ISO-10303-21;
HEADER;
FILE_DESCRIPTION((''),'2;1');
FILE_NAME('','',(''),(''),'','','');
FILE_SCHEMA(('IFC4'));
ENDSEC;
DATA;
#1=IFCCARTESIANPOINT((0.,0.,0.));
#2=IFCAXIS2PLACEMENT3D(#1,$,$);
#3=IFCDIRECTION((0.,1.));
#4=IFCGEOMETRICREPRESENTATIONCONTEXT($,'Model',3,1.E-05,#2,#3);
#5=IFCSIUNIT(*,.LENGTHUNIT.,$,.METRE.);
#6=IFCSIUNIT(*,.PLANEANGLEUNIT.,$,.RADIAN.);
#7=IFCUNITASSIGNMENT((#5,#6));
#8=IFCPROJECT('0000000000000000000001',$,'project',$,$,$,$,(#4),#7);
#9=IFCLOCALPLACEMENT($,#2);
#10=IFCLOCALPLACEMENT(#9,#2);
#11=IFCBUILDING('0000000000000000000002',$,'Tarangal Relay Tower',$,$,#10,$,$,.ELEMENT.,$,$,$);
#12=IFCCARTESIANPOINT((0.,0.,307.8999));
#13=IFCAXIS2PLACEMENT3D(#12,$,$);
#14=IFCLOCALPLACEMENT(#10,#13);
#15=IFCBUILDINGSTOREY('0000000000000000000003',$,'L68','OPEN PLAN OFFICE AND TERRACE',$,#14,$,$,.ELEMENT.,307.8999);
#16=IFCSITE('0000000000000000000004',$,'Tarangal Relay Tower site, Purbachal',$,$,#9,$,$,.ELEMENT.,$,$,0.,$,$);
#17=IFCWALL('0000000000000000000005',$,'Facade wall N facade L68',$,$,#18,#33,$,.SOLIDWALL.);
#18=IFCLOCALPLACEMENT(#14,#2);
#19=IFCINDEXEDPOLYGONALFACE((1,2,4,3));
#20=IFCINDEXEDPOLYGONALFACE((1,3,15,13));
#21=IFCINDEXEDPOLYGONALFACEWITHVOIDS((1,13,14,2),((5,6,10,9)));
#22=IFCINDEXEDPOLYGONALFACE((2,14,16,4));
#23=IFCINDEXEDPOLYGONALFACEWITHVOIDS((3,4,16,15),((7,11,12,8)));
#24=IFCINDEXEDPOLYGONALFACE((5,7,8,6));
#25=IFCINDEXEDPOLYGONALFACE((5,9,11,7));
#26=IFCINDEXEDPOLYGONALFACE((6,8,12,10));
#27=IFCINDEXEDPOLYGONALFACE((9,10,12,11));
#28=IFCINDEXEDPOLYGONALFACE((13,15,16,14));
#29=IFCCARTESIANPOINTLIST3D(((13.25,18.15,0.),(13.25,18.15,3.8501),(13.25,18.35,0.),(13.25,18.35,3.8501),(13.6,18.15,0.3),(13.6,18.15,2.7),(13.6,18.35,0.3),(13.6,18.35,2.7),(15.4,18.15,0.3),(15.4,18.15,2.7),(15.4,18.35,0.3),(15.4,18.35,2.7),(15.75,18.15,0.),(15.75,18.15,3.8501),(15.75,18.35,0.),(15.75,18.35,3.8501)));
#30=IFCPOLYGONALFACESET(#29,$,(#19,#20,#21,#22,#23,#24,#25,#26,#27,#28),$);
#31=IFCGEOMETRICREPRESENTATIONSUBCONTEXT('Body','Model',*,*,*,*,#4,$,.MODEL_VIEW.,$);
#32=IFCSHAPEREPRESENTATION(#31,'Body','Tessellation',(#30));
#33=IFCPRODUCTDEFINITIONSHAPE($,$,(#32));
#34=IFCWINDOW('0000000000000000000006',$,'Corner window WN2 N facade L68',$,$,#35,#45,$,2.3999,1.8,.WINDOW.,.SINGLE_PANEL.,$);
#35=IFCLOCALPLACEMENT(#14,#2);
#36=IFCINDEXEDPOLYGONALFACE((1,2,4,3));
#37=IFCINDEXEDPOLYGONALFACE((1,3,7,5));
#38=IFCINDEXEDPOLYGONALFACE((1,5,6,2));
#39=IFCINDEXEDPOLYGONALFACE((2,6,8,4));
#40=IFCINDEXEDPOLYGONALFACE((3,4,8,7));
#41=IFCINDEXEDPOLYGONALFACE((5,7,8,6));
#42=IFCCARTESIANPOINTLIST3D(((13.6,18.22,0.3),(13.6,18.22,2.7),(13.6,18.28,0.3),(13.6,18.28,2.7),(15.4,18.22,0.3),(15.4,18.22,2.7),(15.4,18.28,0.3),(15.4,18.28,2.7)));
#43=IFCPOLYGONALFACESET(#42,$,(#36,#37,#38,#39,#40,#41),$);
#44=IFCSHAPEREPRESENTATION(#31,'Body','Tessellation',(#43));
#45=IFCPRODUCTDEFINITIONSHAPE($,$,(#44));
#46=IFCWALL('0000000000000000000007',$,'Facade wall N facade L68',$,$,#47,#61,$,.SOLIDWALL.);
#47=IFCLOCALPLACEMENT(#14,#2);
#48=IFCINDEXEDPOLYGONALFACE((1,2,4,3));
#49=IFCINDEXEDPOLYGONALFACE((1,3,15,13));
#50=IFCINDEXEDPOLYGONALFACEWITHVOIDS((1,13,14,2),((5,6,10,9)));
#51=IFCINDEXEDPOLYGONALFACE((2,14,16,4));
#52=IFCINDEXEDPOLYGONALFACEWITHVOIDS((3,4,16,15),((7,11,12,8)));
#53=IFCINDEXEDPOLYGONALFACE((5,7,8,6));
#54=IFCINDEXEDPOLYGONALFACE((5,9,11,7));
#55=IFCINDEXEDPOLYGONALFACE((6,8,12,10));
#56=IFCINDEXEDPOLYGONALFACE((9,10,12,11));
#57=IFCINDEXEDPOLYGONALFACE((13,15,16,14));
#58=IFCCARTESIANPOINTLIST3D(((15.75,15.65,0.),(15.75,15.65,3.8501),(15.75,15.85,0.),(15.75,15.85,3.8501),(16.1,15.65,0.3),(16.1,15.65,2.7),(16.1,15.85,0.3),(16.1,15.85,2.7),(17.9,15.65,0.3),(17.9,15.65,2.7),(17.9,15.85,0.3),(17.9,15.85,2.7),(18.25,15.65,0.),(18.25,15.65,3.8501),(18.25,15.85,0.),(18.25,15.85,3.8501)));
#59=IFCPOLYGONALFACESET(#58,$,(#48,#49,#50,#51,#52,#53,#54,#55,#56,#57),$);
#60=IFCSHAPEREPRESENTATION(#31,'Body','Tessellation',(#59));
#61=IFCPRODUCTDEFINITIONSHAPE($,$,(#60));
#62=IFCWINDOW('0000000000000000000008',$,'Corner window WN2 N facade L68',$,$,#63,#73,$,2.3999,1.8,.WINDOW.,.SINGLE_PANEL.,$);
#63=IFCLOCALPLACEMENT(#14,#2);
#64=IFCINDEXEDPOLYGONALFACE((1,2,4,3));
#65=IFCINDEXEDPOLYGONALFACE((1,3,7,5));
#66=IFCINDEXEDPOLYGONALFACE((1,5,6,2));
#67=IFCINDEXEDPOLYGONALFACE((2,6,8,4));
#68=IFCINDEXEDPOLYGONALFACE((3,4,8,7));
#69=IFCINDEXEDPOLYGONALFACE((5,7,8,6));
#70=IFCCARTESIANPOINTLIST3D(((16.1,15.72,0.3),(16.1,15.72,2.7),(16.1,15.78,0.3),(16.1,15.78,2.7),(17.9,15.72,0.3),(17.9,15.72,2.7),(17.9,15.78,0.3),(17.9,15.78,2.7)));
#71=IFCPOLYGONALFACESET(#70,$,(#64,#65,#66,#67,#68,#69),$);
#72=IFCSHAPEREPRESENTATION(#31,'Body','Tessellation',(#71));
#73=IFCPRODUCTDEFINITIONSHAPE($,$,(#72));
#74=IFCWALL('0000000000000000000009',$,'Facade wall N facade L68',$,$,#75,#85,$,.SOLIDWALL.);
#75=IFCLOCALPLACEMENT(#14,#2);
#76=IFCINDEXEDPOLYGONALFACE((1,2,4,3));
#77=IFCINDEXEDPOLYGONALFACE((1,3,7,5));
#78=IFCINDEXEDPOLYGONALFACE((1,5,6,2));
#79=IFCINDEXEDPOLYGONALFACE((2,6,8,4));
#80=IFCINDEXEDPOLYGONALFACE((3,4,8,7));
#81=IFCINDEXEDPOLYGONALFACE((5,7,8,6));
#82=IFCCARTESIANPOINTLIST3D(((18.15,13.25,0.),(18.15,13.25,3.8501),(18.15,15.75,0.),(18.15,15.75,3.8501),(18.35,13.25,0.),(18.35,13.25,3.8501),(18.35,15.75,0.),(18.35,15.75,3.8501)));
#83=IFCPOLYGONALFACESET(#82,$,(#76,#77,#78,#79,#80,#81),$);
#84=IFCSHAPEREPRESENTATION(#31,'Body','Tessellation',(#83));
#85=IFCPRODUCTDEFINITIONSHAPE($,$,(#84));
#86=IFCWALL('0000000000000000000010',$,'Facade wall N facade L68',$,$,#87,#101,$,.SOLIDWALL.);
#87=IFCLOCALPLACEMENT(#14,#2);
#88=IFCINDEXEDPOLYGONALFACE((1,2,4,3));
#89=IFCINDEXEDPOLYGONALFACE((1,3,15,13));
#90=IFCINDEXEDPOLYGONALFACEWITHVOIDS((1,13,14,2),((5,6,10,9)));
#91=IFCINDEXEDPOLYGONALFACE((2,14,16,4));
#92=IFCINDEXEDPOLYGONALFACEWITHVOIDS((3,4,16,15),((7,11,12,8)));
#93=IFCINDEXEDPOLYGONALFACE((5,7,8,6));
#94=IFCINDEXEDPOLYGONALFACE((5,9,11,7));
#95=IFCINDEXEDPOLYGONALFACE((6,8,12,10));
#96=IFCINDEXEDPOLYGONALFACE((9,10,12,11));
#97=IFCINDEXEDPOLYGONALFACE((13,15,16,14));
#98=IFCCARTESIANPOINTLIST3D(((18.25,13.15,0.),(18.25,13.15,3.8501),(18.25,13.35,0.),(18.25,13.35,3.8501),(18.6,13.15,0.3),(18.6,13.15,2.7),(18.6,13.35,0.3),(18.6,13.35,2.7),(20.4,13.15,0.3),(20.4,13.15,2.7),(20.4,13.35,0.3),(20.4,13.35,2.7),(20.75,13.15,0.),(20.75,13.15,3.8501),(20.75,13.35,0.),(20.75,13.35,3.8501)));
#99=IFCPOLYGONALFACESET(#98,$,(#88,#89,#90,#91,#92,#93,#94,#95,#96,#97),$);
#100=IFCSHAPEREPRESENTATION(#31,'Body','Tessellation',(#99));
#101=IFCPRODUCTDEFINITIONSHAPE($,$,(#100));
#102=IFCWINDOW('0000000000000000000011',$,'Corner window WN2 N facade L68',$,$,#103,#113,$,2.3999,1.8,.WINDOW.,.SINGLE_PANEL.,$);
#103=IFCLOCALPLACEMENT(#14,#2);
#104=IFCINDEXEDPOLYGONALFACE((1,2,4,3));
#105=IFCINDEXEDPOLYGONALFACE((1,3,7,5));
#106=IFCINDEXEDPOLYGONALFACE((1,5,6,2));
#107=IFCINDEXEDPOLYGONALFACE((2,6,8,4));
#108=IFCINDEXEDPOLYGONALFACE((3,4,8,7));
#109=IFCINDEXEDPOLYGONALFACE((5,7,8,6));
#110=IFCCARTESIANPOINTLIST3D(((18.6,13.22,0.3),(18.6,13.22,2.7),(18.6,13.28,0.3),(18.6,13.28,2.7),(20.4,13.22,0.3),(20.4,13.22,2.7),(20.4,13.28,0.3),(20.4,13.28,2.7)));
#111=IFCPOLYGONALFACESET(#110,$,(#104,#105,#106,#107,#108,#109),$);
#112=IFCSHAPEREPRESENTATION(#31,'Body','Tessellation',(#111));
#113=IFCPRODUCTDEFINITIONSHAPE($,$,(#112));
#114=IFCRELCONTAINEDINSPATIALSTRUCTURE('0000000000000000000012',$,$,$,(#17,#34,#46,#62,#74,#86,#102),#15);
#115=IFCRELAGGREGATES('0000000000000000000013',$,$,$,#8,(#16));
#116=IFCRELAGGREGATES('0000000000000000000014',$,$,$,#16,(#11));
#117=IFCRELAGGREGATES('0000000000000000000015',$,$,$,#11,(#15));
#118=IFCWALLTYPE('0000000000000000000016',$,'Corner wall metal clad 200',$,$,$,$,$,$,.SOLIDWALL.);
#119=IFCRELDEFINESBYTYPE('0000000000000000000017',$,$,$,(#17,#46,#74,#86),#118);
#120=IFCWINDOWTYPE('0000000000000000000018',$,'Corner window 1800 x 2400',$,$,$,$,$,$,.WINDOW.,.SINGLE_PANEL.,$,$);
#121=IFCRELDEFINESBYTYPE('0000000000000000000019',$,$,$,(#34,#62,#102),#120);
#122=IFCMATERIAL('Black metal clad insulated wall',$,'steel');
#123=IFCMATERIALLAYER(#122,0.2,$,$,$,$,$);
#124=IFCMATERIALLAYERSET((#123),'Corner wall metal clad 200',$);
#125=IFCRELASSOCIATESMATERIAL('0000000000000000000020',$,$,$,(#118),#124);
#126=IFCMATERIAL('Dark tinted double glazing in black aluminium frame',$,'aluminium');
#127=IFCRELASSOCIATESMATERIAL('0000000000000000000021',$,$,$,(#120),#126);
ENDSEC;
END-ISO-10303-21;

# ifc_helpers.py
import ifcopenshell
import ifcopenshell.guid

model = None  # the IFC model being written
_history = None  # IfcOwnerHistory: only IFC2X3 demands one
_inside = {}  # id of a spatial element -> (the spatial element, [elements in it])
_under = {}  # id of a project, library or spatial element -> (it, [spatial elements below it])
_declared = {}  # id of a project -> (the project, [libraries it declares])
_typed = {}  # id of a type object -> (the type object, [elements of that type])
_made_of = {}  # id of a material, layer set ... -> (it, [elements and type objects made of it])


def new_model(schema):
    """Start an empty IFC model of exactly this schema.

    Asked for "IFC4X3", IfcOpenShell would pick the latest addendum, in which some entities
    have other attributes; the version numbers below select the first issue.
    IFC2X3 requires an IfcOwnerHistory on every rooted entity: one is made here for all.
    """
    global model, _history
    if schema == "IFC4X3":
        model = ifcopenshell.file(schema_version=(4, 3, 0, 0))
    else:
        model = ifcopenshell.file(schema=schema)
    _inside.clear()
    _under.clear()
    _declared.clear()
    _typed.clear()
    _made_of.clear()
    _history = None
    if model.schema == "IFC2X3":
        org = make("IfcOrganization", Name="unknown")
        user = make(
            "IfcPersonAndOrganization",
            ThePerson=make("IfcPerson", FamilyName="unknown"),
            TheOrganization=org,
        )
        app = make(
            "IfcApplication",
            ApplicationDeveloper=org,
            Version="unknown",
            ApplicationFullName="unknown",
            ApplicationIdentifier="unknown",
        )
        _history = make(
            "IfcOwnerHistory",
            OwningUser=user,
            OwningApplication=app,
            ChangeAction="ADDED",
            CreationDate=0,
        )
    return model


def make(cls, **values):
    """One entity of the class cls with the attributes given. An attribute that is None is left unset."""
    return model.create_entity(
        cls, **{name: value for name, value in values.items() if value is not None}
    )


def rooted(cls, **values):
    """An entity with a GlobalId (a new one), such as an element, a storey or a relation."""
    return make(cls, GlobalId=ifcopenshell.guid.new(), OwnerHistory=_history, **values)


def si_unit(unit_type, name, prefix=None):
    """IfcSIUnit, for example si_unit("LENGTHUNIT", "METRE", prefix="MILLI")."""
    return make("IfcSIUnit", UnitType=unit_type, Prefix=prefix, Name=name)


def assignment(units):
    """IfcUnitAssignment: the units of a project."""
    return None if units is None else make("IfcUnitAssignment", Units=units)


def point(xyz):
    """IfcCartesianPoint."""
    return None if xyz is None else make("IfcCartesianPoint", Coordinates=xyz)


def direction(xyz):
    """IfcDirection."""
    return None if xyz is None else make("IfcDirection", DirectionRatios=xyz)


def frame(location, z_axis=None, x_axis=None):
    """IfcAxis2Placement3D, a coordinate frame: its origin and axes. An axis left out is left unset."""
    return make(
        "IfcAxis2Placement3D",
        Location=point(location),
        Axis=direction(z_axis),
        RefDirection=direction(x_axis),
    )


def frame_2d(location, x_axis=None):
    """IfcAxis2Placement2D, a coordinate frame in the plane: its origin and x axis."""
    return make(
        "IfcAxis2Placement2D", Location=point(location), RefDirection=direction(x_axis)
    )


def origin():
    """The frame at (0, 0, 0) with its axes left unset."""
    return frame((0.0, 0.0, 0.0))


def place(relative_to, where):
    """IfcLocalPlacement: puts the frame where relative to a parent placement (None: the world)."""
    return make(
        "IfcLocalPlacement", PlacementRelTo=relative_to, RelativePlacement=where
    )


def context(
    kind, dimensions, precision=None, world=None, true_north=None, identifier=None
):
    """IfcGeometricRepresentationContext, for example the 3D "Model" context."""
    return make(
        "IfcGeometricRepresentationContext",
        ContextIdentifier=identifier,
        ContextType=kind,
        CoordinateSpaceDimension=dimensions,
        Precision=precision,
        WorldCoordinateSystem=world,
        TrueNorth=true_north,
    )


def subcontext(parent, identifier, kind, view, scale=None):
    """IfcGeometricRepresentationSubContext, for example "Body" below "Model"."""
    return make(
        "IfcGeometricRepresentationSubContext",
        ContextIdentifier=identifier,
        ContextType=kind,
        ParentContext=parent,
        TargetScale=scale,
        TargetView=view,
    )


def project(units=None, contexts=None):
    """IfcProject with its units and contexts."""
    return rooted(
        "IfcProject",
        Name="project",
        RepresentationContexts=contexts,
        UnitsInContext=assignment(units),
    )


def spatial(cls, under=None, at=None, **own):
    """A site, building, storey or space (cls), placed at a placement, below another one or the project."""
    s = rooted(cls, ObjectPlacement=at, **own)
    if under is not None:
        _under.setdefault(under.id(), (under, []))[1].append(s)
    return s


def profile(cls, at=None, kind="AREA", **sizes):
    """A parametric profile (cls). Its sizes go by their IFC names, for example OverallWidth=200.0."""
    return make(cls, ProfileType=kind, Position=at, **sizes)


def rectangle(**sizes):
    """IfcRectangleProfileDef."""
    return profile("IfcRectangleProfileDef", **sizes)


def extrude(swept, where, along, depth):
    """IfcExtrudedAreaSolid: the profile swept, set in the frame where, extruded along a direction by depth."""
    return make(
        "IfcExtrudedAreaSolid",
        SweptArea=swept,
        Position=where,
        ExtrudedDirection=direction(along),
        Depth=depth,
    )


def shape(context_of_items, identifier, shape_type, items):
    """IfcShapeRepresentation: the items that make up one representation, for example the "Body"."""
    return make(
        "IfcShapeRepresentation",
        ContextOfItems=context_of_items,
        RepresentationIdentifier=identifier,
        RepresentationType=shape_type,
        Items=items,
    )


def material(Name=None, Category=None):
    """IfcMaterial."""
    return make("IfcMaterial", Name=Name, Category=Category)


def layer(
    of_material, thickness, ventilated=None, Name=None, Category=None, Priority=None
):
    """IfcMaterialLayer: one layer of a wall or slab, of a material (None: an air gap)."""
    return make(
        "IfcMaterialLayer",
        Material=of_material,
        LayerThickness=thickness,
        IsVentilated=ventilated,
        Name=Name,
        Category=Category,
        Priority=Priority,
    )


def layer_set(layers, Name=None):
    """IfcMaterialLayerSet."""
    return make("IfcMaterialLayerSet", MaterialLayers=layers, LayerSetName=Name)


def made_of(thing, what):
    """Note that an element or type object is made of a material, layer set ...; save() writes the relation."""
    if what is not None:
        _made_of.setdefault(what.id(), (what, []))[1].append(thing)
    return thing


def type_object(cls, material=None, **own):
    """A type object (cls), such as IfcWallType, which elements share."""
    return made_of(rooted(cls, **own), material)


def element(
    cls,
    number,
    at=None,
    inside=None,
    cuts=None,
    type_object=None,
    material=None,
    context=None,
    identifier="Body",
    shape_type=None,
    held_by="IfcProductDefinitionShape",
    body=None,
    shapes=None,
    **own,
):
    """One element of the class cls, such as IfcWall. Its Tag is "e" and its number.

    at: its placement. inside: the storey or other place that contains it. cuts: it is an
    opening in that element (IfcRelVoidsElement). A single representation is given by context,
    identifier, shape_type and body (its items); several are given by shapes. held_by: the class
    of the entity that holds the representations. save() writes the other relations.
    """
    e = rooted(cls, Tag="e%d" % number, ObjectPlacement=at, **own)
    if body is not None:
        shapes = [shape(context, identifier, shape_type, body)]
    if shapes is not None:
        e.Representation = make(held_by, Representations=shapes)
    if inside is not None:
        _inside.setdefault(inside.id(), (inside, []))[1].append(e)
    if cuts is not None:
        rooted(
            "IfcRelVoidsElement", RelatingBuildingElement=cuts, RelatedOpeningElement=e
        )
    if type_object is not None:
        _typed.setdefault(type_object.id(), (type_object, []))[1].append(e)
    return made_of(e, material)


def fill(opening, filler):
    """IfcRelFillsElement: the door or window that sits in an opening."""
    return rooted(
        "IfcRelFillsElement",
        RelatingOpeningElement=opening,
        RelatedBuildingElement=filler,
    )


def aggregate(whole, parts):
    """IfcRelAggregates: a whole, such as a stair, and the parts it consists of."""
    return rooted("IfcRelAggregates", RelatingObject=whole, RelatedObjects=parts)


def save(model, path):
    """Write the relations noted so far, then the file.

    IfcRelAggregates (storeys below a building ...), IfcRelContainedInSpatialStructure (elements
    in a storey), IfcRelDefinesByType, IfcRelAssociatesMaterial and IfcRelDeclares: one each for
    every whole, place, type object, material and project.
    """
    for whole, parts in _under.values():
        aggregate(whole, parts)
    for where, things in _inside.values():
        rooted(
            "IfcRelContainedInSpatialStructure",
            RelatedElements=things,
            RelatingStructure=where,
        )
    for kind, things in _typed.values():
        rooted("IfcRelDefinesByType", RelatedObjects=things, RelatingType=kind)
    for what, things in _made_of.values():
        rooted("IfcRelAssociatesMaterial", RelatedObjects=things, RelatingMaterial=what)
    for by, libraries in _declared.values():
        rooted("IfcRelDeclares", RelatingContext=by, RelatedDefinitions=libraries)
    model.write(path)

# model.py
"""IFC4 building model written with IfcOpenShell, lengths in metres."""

from ifc_helpers import new_model, si_unit, direction, frame, frame_2d, origin, place, context, subcontext, project, spatial, rectangle, extrude, material, layer, layer_set, type_object, element, fill, save


model = new_model("IFC4")

# Units and contexts
model_context = context("Model", 3, precision=1e-05, world=origin(), true_north=direction((0.0, 1.0)))
body_context = subcontext(model_context, "Body", "Model", "MODEL_VIEW")
ifc_project = project(units=[si_unit("LENGTHUNIT", "METRE"), si_unit("PLANEANGLEUNIT", "RADIAN")], contexts=[model_context])

# Site, building, storey
site_placement = place(None, origin())
site = spatial("IfcSite", under=ifc_project, at=site_placement, Name="Tarangal Relay Tower site, Purbachal", CompositionType="ELEMENT", RefElevation=0.0)
building_placement = place(site_placement, origin())
building = spatial("IfcBuilding", under=site, at=building_placement, Name="Tarangal Relay Tower", CompositionType="ELEMENT")
storey_placement = place(building_placement, frame((0.0, 0.0, 307.8999)))
storey = spatial("IfcBuildingStorey", under=building, at=storey_placement, Name="L68", Description="OPEN PLAN OFFICE AND TERRACE", CompositionType="ELEMENT", Elevation=307.8999)

# Shared definitions
ifc_material_1 = material(Name="Black metal clad insulated wall", Category="steel")
ifc_layer_1 = layer(ifc_material_1, 0.2)
ifc_layer_set_1 = layer_set([ifc_layer_1], Name="Corner wall metal clad 200")
wall_type_1 = type_object("IfcWallType", Name="Corner wall metal clad 200", PredefinedType="SOLIDWALL", material=ifc_layer_set_1)

# Wall, opening, window
wall_1_placement = place(storey_placement, frame((13.25, 18.25, 0.0), z_axis=(0.0, 0.0, 1.0), x_axis=(1.0, 0.0, 0.0)))
wall_1 = element("IfcWall", 1, at=wall_1_placement, inside=storey, type_object=wall_type_1, Name="Facade wall N facade L68", PredefinedType="SOLIDWALL", context=body_context, shape_type="SweptSolid", body=[
    extrude(rectangle(XDim=2.5, YDim=0.2, at=frame_2d((1.25, 0.0))), origin(), (0.0, 0.0, 1.0), 3.8501),
])
opening_1_placement = place(wall_1_placement, frame((0.3501, 0.0, 0.3)))
opening_1 = element("IfcOpeningElement", 2, at=opening_1_placement, cuts=wall_1, PredefinedType="OPENING", context=body_context, shape_type="SweptSolid", body=[
    extrude(rectangle(XDim=1.8, YDim=2.3999, at=frame_2d((0.8999, 1.2))), frame((0.0, 0.1099, 0.0), z_axis=(0.0, -1.0, 0.0), x_axis=(1.0, 0.0, 0.0)), (0.0, 0.0, 1.0), 0.22),
])
ifc_material_2 = material(Name="Dark tinted double glazing in black aluminium frame", Category="aluminium")
window_type = type_object("IfcWindowType", Name="Corner window 1800 x 2400", PartitioningType="SINGLE_PANEL", PredefinedType="WINDOW", material=ifc_material_2)
window_1_placement = place(opening_1_placement, origin())
window_1 = element("IfcWindow", 3, at=window_1_placement, inside=storey, type_object=window_type, Name="Corner window WN2 N facade L68", OverallHeight=2.3999, OverallWidth=1.8, PartitioningType="SINGLE_PANEL", PredefinedType="WINDOW", context=body_context, shape_type="SweptSolid", body=[
    extrude(rectangle(XDim=1.8, YDim=2.3999, at=frame_2d((0.8999, 1.2))), frame((0.0, 0.03, 0.0), z_axis=(0.0, -1.0, 0.0), x_axis=(1.0, 0.0, 0.0)), (0.0, 0.0, 1.0), 0.0601),
])
fill(opening_1, window_1)

# Wall, opening, window
wall_2_placement = place(storey_placement, frame((15.75, 15.75, 0.0), z_axis=(0.0, 0.0, 1.0), x_axis=(1.0, 0.0, 0.0)))
wall_2 = element("IfcWall", 4, at=wall_2_placement, inside=storey, type_object=wall_type_1, Name="Facade wall N facade L68", PredefinedType="SOLIDWALL", context=body_context, shape_type="SweptSolid", body=[
    extrude(rectangle(XDim=2.5, YDim=0.2, at=frame_2d((1.25, 0.0))), origin(), (0.0, 0.0, 1.0), 3.8501),
])
opening_2_placement = place(wall_2_placement, frame((0.3501, 0.0, 0.3)))
opening_2 = element("IfcOpeningElement", 5, at=opening_2_placement, cuts=wall_2, PredefinedType="OPENING", context=body_context, shape_type="SweptSolid", body=[
    extrude(rectangle(XDim=1.8, YDim=2.3999, at=frame_2d((0.8999, 1.2))), frame((0.0, 0.1099, 0.0), z_axis=(0.0, -1.0, 0.0), x_axis=(1.0, 0.0, 0.0)), (0.0, 0.0, 1.0), 0.22),
])
window_2_placement = place(opening_2_placement, origin())
window_2 = element("IfcWindow", 6, at=window_2_placement, inside=storey, type_object=window_type, Name="Corner window WN2 N facade L68", OverallHeight=2.3999, OverallWidth=1.8, PartitioningType="SINGLE_PANEL", PredefinedType="WINDOW", context=body_context, shape_type="SweptSolid", body=[
    extrude(rectangle(XDim=1.8, YDim=2.3999, at=frame_2d((0.8999, 1.2))), frame((0.0, 0.03, 0.0), z_axis=(0.0, -1.0, 0.0), x_axis=(1.0, 0.0, 0.0)), (0.0, 0.0, 1.0), 0.0601),
])
fill(opening_2, window_2)

# Wall
wall_3_placement = place(storey_placement, frame((18.25, 15.75, 0.0), z_axis=(0.0, 0.0, 1.0), x_axis=(0.0, -1.0, 0.0)))
element("IfcWall", 7, at=wall_3_placement, inside=storey, type_object=wall_type_1, Name="Facade wall N facade L68", PredefinedType="SOLIDWALL", context=body_context, shape_type="SweptSolid", body=[
    extrude(rectangle(XDim=2.5, YDim=0.2, at=frame_2d((1.25, 0.0))), origin(), (0.0, 0.0, 1.0), 3.8501),
])

# Wall, opening, window
wall_4_placement = place(storey_placement, frame((18.25, 13.25, 0.0), z_axis=(0.0, 0.0, 1.0), x_axis=(1.0, 0.0, 0.0)))
wall_4 = element("IfcWall", 8, at=wall_4_placement, inside=storey, type_object=wall_type_1, Name="Facade wall N facade L68", PredefinedType="SOLIDWALL", context=body_context, shape_type="SweptSolid", body=[
    extrude(rectangle(XDim=2.5, YDim=0.2, at=frame_2d((1.25, 0.0))), origin(), (0.0, 0.0, 1.0), 3.8501),
])
opening_3_placement = place(wall_4_placement, frame((0.3501, 0.0, 0.3)))
opening_3 = element("IfcOpeningElement", 9, at=opening_3_placement, cuts=wall_4, PredefinedType="OPENING", context=body_context, shape_type="SweptSolid", body=[
    extrude(rectangle(XDim=1.8, YDim=2.3999, at=frame_2d((0.8999, 1.2))), frame((0.0, 0.1099, 0.0), z_axis=(0.0, -1.0, 0.0), x_axis=(1.0, 0.0, 0.0)), (0.0, 0.0, 1.0), 0.22),
])
window_3_placement = place(opening_3_placement, origin())
window_3 = element("IfcWindow", 10, at=window_3_placement, inside=storey, type_object=window_type, Name="Corner window WN2 N facade L68", OverallHeight=2.3999, OverallWidth=1.8, PartitioningType="SINGLE_PANEL", PredefinedType="WINDOW", context=body_context, shape_type="SweptSolid", body=[
    extrude(rectangle(XDim=1.8, YDim=2.3999, at=frame_2d((0.8999, 1.2))), frame((0.0, 0.03, 0.0), z_axis=(0.0, -1.0, 0.0), x_axis=(1.0, 0.0, 0.0)), (0.0, 0.0, 1.0), 0.0601),
])
fill(opening_3, window_3)

save(model, "model.ifc")
